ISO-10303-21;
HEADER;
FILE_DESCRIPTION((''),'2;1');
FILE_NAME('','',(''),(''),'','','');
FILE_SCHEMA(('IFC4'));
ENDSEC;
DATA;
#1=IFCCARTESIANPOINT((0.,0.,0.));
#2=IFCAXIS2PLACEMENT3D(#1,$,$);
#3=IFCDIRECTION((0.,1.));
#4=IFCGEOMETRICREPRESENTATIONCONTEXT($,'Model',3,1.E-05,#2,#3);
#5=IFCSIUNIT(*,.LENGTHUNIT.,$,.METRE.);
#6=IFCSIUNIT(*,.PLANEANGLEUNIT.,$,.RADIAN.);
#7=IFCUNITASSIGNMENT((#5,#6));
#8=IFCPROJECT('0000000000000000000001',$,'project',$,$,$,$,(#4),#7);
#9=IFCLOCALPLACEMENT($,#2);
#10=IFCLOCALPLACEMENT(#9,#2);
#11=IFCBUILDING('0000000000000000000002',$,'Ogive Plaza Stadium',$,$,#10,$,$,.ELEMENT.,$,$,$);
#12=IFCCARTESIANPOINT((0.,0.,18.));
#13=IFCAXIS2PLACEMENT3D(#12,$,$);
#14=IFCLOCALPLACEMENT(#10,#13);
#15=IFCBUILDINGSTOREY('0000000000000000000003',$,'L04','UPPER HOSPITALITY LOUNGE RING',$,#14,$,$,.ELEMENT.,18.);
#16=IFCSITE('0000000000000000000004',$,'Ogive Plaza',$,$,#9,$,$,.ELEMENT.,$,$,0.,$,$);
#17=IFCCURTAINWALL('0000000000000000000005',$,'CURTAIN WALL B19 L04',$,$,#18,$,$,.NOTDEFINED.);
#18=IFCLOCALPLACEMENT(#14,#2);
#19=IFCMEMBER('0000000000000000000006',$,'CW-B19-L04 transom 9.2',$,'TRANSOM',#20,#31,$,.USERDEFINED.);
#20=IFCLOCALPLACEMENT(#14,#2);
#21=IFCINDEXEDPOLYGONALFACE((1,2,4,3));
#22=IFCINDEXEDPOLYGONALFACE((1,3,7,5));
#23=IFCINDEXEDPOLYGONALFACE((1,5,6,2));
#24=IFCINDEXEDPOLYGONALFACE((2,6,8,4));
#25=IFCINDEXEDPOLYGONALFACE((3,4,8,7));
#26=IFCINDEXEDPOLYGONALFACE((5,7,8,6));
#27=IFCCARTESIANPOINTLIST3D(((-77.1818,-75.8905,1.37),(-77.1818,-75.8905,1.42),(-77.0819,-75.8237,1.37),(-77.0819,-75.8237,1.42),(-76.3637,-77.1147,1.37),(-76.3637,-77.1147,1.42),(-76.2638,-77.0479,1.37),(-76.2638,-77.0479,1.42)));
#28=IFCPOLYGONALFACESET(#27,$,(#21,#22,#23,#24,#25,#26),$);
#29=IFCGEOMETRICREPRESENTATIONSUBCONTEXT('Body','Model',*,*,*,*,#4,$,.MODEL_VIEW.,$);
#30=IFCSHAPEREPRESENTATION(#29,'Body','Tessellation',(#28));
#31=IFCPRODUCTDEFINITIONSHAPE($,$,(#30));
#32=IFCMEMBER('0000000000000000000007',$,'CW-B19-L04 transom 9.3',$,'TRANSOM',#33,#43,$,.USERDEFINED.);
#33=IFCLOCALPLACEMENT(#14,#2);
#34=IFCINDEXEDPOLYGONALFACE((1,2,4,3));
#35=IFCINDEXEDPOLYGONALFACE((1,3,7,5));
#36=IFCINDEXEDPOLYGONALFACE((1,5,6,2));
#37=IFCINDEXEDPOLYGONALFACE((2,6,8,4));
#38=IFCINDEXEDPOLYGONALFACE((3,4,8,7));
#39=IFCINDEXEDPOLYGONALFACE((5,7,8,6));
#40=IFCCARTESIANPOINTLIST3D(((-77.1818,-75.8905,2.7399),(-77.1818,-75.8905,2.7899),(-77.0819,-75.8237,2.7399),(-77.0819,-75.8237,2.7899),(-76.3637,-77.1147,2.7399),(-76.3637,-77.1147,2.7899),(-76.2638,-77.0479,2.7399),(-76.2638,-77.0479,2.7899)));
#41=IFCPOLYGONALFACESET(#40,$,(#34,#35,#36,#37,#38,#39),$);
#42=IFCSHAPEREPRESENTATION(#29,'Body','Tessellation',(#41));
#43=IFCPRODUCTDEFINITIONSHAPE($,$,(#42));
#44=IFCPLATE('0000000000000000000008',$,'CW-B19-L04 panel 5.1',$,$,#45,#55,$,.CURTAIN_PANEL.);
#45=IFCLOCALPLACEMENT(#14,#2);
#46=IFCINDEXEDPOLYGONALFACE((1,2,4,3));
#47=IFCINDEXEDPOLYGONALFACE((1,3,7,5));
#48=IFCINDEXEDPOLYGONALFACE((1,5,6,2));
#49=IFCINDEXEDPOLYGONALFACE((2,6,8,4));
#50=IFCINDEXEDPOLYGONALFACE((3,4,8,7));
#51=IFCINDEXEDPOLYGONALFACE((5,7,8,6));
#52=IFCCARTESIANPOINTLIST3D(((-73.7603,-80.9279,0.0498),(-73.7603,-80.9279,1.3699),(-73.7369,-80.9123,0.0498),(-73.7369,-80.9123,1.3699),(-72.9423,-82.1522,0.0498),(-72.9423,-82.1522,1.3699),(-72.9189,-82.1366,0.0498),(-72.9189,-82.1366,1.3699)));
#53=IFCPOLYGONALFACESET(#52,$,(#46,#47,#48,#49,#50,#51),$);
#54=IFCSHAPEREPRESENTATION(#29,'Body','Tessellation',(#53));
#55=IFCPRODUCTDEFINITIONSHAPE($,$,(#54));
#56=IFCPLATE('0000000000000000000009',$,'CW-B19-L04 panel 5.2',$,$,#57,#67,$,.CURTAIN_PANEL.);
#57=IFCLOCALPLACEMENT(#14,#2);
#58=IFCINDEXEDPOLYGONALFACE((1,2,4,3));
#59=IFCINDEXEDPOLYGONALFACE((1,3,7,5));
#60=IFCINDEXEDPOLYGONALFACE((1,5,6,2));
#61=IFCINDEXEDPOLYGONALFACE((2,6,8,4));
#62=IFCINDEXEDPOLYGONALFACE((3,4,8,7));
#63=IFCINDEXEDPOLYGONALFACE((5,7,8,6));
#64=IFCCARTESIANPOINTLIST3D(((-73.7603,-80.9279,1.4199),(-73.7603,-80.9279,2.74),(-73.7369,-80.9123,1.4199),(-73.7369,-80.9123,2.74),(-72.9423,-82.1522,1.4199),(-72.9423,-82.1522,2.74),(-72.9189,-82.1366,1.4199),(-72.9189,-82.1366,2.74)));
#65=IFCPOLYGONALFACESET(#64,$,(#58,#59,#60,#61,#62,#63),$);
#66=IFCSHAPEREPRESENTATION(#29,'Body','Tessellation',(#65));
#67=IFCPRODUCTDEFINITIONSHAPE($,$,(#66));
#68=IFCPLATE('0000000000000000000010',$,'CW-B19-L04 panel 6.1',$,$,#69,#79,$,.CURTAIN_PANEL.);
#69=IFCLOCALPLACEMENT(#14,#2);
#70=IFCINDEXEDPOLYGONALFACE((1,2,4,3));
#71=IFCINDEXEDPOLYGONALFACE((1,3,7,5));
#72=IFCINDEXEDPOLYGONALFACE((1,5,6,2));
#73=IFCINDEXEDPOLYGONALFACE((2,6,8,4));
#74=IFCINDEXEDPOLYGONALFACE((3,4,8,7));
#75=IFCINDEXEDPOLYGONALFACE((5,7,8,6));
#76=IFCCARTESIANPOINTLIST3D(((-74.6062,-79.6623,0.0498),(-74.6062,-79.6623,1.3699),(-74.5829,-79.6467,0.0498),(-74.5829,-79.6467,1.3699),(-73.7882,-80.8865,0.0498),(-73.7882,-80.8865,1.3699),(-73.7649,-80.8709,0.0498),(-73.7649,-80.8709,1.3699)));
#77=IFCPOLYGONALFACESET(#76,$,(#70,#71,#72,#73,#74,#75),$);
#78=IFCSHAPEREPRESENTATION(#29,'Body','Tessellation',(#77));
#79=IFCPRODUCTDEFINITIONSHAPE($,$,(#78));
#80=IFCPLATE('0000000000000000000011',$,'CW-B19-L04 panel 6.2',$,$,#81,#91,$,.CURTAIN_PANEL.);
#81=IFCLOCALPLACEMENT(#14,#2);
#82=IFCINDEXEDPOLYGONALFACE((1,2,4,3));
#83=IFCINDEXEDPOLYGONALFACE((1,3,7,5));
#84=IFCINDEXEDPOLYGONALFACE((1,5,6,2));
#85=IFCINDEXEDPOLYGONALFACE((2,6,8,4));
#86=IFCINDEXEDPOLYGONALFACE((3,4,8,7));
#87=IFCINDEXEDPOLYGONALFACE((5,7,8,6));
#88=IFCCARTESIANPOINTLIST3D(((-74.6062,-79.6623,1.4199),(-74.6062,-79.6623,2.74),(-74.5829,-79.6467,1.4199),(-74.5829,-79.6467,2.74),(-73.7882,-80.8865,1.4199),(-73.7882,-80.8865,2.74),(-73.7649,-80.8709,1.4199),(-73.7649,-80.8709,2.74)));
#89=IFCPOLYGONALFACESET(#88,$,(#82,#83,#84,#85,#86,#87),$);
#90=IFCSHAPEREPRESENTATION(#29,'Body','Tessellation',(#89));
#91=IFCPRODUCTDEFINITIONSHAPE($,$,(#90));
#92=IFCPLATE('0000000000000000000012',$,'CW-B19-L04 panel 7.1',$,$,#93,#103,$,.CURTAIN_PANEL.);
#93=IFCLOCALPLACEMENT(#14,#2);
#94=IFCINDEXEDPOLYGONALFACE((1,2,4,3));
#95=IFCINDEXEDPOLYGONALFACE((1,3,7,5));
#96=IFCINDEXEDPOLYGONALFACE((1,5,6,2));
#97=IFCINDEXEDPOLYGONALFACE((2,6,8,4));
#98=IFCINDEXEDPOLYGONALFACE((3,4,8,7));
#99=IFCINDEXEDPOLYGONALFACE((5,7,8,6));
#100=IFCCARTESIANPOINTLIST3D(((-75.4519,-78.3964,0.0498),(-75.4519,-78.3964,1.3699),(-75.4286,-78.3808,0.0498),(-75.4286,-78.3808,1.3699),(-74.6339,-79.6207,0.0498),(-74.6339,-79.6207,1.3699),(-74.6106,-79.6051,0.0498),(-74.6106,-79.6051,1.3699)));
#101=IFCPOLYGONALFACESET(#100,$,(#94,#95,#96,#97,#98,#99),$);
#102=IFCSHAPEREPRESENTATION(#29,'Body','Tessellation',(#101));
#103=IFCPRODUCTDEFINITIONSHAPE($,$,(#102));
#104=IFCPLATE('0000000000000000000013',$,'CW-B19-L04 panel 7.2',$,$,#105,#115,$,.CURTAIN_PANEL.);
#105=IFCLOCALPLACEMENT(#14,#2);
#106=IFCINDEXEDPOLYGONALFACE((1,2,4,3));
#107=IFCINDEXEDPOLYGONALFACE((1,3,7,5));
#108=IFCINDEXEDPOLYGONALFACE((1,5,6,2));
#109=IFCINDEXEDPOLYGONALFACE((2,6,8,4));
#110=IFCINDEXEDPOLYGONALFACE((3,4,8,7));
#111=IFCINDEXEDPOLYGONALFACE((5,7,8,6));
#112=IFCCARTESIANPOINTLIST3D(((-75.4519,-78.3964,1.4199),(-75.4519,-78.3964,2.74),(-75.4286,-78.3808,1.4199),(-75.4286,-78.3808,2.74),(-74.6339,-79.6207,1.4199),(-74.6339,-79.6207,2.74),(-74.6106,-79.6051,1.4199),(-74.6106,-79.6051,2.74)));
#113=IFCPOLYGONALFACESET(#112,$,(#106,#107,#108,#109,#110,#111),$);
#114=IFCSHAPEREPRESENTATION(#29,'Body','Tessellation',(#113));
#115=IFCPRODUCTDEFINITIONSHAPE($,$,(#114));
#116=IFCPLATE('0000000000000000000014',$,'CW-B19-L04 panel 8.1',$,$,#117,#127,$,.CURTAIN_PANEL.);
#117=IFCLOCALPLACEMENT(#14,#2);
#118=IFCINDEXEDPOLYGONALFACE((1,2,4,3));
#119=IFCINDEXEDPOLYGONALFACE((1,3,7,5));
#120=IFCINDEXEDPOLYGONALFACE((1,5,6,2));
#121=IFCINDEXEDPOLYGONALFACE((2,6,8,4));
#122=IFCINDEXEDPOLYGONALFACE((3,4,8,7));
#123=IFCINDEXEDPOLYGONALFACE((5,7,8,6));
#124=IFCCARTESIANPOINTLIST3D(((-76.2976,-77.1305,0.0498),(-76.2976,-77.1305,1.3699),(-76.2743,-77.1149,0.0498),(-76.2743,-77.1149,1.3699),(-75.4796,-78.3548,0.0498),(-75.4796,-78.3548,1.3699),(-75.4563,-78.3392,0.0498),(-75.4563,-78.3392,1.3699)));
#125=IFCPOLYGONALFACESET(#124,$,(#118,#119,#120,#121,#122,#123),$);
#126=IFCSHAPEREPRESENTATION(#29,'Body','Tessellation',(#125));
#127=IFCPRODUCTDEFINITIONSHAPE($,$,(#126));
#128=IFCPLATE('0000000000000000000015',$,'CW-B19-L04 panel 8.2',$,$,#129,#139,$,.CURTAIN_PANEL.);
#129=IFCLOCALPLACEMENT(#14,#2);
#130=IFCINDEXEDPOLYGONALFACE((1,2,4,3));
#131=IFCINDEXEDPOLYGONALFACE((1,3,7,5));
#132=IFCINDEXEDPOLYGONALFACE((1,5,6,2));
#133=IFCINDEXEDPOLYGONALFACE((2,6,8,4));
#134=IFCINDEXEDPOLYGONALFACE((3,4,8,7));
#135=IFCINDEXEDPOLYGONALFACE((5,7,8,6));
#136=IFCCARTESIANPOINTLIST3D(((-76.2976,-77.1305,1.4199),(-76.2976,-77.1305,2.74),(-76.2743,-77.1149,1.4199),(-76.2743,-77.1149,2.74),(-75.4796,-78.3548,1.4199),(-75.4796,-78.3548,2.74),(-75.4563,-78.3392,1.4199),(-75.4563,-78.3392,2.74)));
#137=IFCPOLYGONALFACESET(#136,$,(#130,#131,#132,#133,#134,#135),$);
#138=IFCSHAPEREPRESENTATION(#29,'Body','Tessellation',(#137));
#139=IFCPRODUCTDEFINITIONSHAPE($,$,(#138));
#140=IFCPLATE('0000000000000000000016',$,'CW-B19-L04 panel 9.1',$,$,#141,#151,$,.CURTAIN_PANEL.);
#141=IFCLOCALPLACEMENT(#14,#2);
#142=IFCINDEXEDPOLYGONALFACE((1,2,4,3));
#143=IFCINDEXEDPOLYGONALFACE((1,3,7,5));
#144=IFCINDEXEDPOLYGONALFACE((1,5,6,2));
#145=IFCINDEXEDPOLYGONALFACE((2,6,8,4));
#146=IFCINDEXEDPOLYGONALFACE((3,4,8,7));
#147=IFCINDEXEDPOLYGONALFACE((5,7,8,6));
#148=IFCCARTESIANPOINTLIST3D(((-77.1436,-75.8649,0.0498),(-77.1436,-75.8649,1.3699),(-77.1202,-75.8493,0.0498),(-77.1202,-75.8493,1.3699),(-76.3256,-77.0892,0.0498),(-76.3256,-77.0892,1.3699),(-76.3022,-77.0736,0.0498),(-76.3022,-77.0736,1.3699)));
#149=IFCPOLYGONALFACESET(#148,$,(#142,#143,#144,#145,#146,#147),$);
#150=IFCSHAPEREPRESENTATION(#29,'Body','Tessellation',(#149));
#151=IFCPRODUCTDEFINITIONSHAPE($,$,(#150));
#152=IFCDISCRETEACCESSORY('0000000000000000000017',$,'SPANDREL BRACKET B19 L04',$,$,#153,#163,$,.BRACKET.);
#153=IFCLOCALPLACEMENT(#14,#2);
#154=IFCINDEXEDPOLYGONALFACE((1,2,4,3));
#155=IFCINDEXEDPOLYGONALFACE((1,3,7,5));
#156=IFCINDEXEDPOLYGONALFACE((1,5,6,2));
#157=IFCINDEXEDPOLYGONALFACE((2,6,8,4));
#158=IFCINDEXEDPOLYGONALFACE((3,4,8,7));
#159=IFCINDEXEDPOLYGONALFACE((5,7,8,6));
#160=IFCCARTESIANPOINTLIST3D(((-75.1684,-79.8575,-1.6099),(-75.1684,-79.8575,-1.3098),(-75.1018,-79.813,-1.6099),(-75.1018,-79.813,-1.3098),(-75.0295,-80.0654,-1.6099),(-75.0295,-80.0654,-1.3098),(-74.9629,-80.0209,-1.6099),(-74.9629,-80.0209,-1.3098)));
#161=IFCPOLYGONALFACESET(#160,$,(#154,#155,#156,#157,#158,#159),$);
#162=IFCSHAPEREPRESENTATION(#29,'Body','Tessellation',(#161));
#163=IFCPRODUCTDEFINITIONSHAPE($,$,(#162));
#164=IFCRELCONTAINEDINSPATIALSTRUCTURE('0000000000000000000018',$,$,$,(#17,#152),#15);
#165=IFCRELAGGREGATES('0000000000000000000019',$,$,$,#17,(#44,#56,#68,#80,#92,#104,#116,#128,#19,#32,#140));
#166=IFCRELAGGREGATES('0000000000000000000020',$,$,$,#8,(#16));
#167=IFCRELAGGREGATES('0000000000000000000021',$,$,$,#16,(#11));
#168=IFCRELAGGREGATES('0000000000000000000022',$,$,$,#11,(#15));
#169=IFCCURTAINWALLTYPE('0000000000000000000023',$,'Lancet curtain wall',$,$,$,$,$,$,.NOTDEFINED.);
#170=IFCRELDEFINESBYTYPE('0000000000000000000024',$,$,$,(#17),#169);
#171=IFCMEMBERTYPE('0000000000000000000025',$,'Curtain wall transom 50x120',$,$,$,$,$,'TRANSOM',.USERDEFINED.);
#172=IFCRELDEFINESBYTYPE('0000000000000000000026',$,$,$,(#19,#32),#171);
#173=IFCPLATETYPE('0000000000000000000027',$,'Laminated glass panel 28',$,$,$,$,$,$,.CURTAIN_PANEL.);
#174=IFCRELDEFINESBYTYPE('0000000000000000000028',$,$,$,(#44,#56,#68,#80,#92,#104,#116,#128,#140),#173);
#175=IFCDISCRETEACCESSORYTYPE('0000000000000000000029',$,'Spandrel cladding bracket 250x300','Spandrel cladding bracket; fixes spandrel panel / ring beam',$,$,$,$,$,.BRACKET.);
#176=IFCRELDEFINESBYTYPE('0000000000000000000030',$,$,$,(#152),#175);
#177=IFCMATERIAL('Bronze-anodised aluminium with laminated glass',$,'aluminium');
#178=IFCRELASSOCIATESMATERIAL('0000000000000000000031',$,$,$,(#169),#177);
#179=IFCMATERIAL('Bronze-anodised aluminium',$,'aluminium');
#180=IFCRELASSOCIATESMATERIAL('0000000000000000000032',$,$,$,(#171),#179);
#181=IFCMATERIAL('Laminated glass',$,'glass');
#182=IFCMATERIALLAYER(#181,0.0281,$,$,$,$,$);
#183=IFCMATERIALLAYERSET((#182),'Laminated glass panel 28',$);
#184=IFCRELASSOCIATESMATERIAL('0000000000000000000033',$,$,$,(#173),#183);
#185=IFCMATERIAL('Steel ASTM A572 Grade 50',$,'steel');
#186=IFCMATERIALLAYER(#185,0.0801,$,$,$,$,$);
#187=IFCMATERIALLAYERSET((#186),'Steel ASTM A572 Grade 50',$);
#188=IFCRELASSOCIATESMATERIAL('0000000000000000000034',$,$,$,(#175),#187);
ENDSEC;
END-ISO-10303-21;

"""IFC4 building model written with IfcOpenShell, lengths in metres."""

from ifc_helpers import new_model, si_unit, direction, frame, origin, origin_2d, place, context, subcontext, project, spatial, rectangle, extrude, material, layer, layer_set, material_profile, profile_set, type_object, element, aggregate, save


model = new_model("IFC4")

# Units and contexts
model_context = context("Model", 3, precision=1e-05, world=origin(), true_north=direction((0.0, 1.0)))
body_context = subcontext(model_context, "Body", "Model", "MODEL_VIEW")
ifc_project = project(units=[si_unit("LENGTHUNIT", "METRE"), si_unit("PLANEANGLEUNIT", "RADIAN")], contexts=[model_context])

# Site, building, storey
site_placement = place(None, origin())
site = spatial("IfcSite", under=ifc_project, at=site_placement, Name="Ogive Plaza", CompositionType="ELEMENT", RefElevation=0.0)
building_placement = place(site_placement, origin())
building = spatial("IfcBuilding", under=site, at=building_placement, Name="Ogive Plaza Stadium", CompositionType="ELEMENT")
storey_placement = place(building_placement, frame((0.0, 0.0, 18.0)))
storey = spatial("IfcBuildingStorey", under=building, at=storey_placement, Name="L04", Description="UPPER HOSPITALITY LOUNGE RING", CompositionType="ELEMENT", Elevation=18.0)

# Curtain wall, members, plates
ifc_material_1 = material(Name="Bronze-anodised aluminium with laminated glass", Category="aluminium")
curtain_wall_type = type_object("IfcCurtainWallType", Name="Lancet curtain wall", PredefinedType="NOTDEFINED", material=ifc_material_1)
curtain_wall_placement = place(storey_placement, origin())
curtain_wall = element("IfcCurtainWall", 1, at=curtain_wall_placement, inside=storey, type_object=curtain_wall_type, Name="CURTAIN WALL B19 L04", PredefinedType="NOTDEFINED")
ifc_material_2 = material(Name="Bronze-anodised aluminium", Category="aluminium")
ifc_material_profile_1 = material_profile(ifc_material_2, rectangle(XDim=0.1201, YDim=0.05, at=origin_2d()), Name="AL 120x50")
ifc_profile_set_1 = profile_set([ifc_material_profile_1], Name="Bronze-anodised aluminium")
member_type_1 = type_object("IfcMemberType", Name="Curtain wall transom 50x120", ElementType="TRANSOM", PredefinedType="USERDEFINED", material=ifc_profile_set_1)
member_1_placement = place(storey_placement, frame((-76.3137, -77.0813, 1.395), z_axis=(-0.555656, 0.831412, 0.0), x_axis=(-0.831412, -0.555656, 0.0)))
member_1 = element("IfcMember", 2, at=member_1_placement, type_object=member_type_1, Name="CW-B19-L04 transom 9.2", ObjectType="TRANSOM", PredefinedType="USERDEFINED", context=body_context, shape_type="SweptSolid", body=[
    extrude(rectangle(XDim=0.1201, YDim=0.05, at=origin_2d()), origin(), (0.0, 0.0, 1.0), 1.4724),
])
member_2_placement = place(storey_placement, frame((-76.3137, -77.0813, 2.7649), z_axis=(-0.555656, 0.831412, 0.0), x_axis=(-0.831412, -0.555656, 0.0)))
member_2 = element("IfcMember", 3, at=member_2_placement, type_object=member_type_1, Name="CW-B19-L04 transom 9.3", ObjectType="TRANSOM", PredefinedType="USERDEFINED", context=body_context, shape_type="SweptSolid", body=[
    extrude(rectangle(XDim=0.1201, YDim=0.05, at=origin_2d()), origin(), (0.0, 0.0, 1.0), 1.4724),
])
ifc_material_3 = material(Name="Laminated glass", Category="glass")
ifc_layer_1 = layer(ifc_material_3, 0.0281)
ifc_layer_set_1 = layer_set([ifc_layer_1], Name="Laminated glass panel 28")
plate_type = type_object("IfcPlateType", Name="Laminated glass panel 28", PredefinedType="CURTAIN_PANEL", material=ifc_layer_set_1)
plate_1_placement = place(storey_placement, frame((-73.3396, -81.5322, 0.0498), z_axis=(0.0, 0.0, 1.0), x_axis=(-0.55557, 0.83147, 0.0)))
plate_1 = element("IfcPlate", 4, at=plate_1_placement, type_object=plate_type, Name="CW-B19-L04 panel 5.1", PredefinedType="CURTAIN_PANEL", context=body_context, shape_type="SweptSolid", body=[
    extrude(rectangle(XDim=1.4724, YDim=0.0281, at=origin_2d()), origin(), (0.0, 0.0, 1.0), 1.3201),
])
plate_2_placement = place(storey_placement, frame((-73.3396, -81.5322, 1.4199), z_axis=(0.0, 0.0, 1.0), x_axis=(-0.55557, 0.83147, 0.0)))
plate_2 = element("IfcPlate", 5, at=plate_2_placement, type_object=plate_type, Name="CW-B19-L04 panel 5.2", PredefinedType="CURTAIN_PANEL", context=body_context, shape_type="SweptSolid", body=[
    extrude(rectangle(XDim=1.4724, YDim=0.0281, at=origin_2d()), origin(), (0.0, 0.0, 1.0), 1.3201),
])
plate_3_placement = place(storey_placement, frame((-74.1855, -80.2666, 0.0498), z_axis=(0.0, 0.0, 1.0), x_axis=(-0.55557, 0.83147, 0.0)))
plate_3 = element("IfcPlate", 6, at=plate_3_placement, type_object=plate_type, Name="CW-B19-L04 panel 6.1", PredefinedType="CURTAIN_PANEL", context=body_context, shape_type="SweptSolid", body=[
    extrude(rectangle(XDim=1.4724, YDim=0.0281, at=origin_2d()), origin(), (0.0, 0.0, 1.0), 1.3201),
])
plate_4_placement = place(storey_placement, frame((-74.1855, -80.2666, 1.4199), z_axis=(0.0, 0.0, 1.0), x_axis=(-0.55557, 0.83147, 0.0)))
plate_4 = element("IfcPlate", 7, at=plate_4_placement, type_object=plate_type, Name="CW-B19-L04 panel 6.2", PredefinedType="CURTAIN_PANEL", context=body_context, shape_type="SweptSolid", body=[
    extrude(rectangle(XDim=1.4724, YDim=0.0281, at=origin_2d()), origin(), (0.0, 0.0, 1.0), 1.3201),
])
plate_5_placement = place(storey_placement, frame((-75.0312, -79.0007, 0.0498), z_axis=(0.0, 0.0, 1.0), x_axis=(-0.55557, 0.83147, 0.0)))
plate_5 = element("IfcPlate", 8, at=plate_5_placement, type_object=plate_type, Name="CW-B19-L04 panel 7.1", PredefinedType="CURTAIN_PANEL", context=body_context, shape_type="SweptSolid", body=[
    extrude(rectangle(XDim=1.4724, YDim=0.0281, at=origin_2d()), origin(), (0.0, 0.0, 1.0), 1.3201),
])
plate_6_placement = place(storey_placement, frame((-75.0312, -79.0007, 1.4199), z_axis=(0.0, 0.0, 1.0), x_axis=(-0.55557, 0.83147, 0.0)))
plate_6 = element("IfcPlate", 9, at=plate_6_placement, type_object=plate_type, Name="CW-B19-L04 panel 7.2", PredefinedType="CURTAIN_PANEL", context=body_context, shape_type="SweptSolid", body=[
    extrude(rectangle(XDim=1.4724, YDim=0.0281, at=origin_2d()), origin(), (0.0, 0.0, 1.0), 1.3201),
])
plate_7_placement = place(storey_placement, frame((-75.877, -77.7349, 0.0498), z_axis=(0.0, 0.0, 1.0), x_axis=(-0.55557, 0.83147, 0.0)))
plate_7 = element("IfcPlate", 10, at=plate_7_placement, type_object=plate_type, Name="CW-B19-L04 panel 8.1", PredefinedType="CURTAIN_PANEL", context=body_context, shape_type="SweptSolid", body=[
    extrude(rectangle(XDim=1.4724, YDim=0.0281, at=origin_2d()), origin(), (0.0, 0.0, 1.0), 1.3201),
])
plate_8_placement = place(storey_placement, frame((-75.877, -77.7349, 1.4199), z_axis=(0.0, 0.0, 1.0), x_axis=(-0.55557, 0.83147, 0.0)))
plate_8 = element("IfcPlate", 11, at=plate_8_placement, type_object=plate_type, Name="CW-B19-L04 panel 8.2", PredefinedType="CURTAIN_PANEL", context=body_context, shape_type="SweptSolid", body=[
    extrude(rectangle(XDim=1.4724, YDim=0.0281, at=origin_2d()), origin(), (0.0, 0.0, 1.0), 1.3201),
])
plate_9_placement = place(storey_placement, frame((-76.7229, -76.4692, 0.0498), z_axis=(0.0, 0.0, 1.0), x_axis=(-0.55557, 0.83147, 0.0)))
plate_9 = element("IfcPlate", 12, at=plate_9_placement, type_object=plate_type, Name="CW-B19-L04 panel 9.1", PredefinedType="CURTAIN_PANEL", context=body_context, shape_type="SweptSolid", body=[
    extrude(rectangle(XDim=1.4724, YDim=0.0281, at=origin_2d()), origin(), (0.0, 0.0, 1.0), 1.3201),
])
aggregate(curtain_wall, [plate_1, plate_2, plate_3, plate_4, plate_5, plate_6, plate_7, plate_8, member_1, member_2, plate_9])

# Discrete accessory
ifc_material_4 = material(Name="Steel ASTM A572 Grade 50", Category="steel")
ifc_layer_2 = layer(ifc_material_4, 0.0801)
ifc_layer_set_2 = layer_set([ifc_layer_2], Name="Steel ASTM A572 Grade 50")
discrete_accessory_type = type_object("IfcDiscreteAccessoryType", Name="Spandrel cladding bracket 250x300", Description="Spandrel cladding bracket; fixes spandrel panel / ring beam", PredefinedType="BRACKET", material=ifc_layer_set_2)
discrete_accessory_placement = place(storey_placement, frame((-75.0657, -79.9392, -1.6099), z_axis=(0.0, 0.0, 1.0), x_axis=(-0.55557, 0.83147, 0.0)))
element("IfcDiscreteAccessory", 13, at=discrete_accessory_placement, inside=storey, type_object=discrete_accessory_type, Name="SPANDREL BRACKET B19 L04", PredefinedType="BRACKET", context=body_context, shape_type="SweptSolid", body=[
    extrude(rectangle(XDim=0.25, YDim=0.0801, at=origin_2d()), origin(), (0.0, 0.0, 1.0), 0.3),
])

save(model, "model.ifc")
